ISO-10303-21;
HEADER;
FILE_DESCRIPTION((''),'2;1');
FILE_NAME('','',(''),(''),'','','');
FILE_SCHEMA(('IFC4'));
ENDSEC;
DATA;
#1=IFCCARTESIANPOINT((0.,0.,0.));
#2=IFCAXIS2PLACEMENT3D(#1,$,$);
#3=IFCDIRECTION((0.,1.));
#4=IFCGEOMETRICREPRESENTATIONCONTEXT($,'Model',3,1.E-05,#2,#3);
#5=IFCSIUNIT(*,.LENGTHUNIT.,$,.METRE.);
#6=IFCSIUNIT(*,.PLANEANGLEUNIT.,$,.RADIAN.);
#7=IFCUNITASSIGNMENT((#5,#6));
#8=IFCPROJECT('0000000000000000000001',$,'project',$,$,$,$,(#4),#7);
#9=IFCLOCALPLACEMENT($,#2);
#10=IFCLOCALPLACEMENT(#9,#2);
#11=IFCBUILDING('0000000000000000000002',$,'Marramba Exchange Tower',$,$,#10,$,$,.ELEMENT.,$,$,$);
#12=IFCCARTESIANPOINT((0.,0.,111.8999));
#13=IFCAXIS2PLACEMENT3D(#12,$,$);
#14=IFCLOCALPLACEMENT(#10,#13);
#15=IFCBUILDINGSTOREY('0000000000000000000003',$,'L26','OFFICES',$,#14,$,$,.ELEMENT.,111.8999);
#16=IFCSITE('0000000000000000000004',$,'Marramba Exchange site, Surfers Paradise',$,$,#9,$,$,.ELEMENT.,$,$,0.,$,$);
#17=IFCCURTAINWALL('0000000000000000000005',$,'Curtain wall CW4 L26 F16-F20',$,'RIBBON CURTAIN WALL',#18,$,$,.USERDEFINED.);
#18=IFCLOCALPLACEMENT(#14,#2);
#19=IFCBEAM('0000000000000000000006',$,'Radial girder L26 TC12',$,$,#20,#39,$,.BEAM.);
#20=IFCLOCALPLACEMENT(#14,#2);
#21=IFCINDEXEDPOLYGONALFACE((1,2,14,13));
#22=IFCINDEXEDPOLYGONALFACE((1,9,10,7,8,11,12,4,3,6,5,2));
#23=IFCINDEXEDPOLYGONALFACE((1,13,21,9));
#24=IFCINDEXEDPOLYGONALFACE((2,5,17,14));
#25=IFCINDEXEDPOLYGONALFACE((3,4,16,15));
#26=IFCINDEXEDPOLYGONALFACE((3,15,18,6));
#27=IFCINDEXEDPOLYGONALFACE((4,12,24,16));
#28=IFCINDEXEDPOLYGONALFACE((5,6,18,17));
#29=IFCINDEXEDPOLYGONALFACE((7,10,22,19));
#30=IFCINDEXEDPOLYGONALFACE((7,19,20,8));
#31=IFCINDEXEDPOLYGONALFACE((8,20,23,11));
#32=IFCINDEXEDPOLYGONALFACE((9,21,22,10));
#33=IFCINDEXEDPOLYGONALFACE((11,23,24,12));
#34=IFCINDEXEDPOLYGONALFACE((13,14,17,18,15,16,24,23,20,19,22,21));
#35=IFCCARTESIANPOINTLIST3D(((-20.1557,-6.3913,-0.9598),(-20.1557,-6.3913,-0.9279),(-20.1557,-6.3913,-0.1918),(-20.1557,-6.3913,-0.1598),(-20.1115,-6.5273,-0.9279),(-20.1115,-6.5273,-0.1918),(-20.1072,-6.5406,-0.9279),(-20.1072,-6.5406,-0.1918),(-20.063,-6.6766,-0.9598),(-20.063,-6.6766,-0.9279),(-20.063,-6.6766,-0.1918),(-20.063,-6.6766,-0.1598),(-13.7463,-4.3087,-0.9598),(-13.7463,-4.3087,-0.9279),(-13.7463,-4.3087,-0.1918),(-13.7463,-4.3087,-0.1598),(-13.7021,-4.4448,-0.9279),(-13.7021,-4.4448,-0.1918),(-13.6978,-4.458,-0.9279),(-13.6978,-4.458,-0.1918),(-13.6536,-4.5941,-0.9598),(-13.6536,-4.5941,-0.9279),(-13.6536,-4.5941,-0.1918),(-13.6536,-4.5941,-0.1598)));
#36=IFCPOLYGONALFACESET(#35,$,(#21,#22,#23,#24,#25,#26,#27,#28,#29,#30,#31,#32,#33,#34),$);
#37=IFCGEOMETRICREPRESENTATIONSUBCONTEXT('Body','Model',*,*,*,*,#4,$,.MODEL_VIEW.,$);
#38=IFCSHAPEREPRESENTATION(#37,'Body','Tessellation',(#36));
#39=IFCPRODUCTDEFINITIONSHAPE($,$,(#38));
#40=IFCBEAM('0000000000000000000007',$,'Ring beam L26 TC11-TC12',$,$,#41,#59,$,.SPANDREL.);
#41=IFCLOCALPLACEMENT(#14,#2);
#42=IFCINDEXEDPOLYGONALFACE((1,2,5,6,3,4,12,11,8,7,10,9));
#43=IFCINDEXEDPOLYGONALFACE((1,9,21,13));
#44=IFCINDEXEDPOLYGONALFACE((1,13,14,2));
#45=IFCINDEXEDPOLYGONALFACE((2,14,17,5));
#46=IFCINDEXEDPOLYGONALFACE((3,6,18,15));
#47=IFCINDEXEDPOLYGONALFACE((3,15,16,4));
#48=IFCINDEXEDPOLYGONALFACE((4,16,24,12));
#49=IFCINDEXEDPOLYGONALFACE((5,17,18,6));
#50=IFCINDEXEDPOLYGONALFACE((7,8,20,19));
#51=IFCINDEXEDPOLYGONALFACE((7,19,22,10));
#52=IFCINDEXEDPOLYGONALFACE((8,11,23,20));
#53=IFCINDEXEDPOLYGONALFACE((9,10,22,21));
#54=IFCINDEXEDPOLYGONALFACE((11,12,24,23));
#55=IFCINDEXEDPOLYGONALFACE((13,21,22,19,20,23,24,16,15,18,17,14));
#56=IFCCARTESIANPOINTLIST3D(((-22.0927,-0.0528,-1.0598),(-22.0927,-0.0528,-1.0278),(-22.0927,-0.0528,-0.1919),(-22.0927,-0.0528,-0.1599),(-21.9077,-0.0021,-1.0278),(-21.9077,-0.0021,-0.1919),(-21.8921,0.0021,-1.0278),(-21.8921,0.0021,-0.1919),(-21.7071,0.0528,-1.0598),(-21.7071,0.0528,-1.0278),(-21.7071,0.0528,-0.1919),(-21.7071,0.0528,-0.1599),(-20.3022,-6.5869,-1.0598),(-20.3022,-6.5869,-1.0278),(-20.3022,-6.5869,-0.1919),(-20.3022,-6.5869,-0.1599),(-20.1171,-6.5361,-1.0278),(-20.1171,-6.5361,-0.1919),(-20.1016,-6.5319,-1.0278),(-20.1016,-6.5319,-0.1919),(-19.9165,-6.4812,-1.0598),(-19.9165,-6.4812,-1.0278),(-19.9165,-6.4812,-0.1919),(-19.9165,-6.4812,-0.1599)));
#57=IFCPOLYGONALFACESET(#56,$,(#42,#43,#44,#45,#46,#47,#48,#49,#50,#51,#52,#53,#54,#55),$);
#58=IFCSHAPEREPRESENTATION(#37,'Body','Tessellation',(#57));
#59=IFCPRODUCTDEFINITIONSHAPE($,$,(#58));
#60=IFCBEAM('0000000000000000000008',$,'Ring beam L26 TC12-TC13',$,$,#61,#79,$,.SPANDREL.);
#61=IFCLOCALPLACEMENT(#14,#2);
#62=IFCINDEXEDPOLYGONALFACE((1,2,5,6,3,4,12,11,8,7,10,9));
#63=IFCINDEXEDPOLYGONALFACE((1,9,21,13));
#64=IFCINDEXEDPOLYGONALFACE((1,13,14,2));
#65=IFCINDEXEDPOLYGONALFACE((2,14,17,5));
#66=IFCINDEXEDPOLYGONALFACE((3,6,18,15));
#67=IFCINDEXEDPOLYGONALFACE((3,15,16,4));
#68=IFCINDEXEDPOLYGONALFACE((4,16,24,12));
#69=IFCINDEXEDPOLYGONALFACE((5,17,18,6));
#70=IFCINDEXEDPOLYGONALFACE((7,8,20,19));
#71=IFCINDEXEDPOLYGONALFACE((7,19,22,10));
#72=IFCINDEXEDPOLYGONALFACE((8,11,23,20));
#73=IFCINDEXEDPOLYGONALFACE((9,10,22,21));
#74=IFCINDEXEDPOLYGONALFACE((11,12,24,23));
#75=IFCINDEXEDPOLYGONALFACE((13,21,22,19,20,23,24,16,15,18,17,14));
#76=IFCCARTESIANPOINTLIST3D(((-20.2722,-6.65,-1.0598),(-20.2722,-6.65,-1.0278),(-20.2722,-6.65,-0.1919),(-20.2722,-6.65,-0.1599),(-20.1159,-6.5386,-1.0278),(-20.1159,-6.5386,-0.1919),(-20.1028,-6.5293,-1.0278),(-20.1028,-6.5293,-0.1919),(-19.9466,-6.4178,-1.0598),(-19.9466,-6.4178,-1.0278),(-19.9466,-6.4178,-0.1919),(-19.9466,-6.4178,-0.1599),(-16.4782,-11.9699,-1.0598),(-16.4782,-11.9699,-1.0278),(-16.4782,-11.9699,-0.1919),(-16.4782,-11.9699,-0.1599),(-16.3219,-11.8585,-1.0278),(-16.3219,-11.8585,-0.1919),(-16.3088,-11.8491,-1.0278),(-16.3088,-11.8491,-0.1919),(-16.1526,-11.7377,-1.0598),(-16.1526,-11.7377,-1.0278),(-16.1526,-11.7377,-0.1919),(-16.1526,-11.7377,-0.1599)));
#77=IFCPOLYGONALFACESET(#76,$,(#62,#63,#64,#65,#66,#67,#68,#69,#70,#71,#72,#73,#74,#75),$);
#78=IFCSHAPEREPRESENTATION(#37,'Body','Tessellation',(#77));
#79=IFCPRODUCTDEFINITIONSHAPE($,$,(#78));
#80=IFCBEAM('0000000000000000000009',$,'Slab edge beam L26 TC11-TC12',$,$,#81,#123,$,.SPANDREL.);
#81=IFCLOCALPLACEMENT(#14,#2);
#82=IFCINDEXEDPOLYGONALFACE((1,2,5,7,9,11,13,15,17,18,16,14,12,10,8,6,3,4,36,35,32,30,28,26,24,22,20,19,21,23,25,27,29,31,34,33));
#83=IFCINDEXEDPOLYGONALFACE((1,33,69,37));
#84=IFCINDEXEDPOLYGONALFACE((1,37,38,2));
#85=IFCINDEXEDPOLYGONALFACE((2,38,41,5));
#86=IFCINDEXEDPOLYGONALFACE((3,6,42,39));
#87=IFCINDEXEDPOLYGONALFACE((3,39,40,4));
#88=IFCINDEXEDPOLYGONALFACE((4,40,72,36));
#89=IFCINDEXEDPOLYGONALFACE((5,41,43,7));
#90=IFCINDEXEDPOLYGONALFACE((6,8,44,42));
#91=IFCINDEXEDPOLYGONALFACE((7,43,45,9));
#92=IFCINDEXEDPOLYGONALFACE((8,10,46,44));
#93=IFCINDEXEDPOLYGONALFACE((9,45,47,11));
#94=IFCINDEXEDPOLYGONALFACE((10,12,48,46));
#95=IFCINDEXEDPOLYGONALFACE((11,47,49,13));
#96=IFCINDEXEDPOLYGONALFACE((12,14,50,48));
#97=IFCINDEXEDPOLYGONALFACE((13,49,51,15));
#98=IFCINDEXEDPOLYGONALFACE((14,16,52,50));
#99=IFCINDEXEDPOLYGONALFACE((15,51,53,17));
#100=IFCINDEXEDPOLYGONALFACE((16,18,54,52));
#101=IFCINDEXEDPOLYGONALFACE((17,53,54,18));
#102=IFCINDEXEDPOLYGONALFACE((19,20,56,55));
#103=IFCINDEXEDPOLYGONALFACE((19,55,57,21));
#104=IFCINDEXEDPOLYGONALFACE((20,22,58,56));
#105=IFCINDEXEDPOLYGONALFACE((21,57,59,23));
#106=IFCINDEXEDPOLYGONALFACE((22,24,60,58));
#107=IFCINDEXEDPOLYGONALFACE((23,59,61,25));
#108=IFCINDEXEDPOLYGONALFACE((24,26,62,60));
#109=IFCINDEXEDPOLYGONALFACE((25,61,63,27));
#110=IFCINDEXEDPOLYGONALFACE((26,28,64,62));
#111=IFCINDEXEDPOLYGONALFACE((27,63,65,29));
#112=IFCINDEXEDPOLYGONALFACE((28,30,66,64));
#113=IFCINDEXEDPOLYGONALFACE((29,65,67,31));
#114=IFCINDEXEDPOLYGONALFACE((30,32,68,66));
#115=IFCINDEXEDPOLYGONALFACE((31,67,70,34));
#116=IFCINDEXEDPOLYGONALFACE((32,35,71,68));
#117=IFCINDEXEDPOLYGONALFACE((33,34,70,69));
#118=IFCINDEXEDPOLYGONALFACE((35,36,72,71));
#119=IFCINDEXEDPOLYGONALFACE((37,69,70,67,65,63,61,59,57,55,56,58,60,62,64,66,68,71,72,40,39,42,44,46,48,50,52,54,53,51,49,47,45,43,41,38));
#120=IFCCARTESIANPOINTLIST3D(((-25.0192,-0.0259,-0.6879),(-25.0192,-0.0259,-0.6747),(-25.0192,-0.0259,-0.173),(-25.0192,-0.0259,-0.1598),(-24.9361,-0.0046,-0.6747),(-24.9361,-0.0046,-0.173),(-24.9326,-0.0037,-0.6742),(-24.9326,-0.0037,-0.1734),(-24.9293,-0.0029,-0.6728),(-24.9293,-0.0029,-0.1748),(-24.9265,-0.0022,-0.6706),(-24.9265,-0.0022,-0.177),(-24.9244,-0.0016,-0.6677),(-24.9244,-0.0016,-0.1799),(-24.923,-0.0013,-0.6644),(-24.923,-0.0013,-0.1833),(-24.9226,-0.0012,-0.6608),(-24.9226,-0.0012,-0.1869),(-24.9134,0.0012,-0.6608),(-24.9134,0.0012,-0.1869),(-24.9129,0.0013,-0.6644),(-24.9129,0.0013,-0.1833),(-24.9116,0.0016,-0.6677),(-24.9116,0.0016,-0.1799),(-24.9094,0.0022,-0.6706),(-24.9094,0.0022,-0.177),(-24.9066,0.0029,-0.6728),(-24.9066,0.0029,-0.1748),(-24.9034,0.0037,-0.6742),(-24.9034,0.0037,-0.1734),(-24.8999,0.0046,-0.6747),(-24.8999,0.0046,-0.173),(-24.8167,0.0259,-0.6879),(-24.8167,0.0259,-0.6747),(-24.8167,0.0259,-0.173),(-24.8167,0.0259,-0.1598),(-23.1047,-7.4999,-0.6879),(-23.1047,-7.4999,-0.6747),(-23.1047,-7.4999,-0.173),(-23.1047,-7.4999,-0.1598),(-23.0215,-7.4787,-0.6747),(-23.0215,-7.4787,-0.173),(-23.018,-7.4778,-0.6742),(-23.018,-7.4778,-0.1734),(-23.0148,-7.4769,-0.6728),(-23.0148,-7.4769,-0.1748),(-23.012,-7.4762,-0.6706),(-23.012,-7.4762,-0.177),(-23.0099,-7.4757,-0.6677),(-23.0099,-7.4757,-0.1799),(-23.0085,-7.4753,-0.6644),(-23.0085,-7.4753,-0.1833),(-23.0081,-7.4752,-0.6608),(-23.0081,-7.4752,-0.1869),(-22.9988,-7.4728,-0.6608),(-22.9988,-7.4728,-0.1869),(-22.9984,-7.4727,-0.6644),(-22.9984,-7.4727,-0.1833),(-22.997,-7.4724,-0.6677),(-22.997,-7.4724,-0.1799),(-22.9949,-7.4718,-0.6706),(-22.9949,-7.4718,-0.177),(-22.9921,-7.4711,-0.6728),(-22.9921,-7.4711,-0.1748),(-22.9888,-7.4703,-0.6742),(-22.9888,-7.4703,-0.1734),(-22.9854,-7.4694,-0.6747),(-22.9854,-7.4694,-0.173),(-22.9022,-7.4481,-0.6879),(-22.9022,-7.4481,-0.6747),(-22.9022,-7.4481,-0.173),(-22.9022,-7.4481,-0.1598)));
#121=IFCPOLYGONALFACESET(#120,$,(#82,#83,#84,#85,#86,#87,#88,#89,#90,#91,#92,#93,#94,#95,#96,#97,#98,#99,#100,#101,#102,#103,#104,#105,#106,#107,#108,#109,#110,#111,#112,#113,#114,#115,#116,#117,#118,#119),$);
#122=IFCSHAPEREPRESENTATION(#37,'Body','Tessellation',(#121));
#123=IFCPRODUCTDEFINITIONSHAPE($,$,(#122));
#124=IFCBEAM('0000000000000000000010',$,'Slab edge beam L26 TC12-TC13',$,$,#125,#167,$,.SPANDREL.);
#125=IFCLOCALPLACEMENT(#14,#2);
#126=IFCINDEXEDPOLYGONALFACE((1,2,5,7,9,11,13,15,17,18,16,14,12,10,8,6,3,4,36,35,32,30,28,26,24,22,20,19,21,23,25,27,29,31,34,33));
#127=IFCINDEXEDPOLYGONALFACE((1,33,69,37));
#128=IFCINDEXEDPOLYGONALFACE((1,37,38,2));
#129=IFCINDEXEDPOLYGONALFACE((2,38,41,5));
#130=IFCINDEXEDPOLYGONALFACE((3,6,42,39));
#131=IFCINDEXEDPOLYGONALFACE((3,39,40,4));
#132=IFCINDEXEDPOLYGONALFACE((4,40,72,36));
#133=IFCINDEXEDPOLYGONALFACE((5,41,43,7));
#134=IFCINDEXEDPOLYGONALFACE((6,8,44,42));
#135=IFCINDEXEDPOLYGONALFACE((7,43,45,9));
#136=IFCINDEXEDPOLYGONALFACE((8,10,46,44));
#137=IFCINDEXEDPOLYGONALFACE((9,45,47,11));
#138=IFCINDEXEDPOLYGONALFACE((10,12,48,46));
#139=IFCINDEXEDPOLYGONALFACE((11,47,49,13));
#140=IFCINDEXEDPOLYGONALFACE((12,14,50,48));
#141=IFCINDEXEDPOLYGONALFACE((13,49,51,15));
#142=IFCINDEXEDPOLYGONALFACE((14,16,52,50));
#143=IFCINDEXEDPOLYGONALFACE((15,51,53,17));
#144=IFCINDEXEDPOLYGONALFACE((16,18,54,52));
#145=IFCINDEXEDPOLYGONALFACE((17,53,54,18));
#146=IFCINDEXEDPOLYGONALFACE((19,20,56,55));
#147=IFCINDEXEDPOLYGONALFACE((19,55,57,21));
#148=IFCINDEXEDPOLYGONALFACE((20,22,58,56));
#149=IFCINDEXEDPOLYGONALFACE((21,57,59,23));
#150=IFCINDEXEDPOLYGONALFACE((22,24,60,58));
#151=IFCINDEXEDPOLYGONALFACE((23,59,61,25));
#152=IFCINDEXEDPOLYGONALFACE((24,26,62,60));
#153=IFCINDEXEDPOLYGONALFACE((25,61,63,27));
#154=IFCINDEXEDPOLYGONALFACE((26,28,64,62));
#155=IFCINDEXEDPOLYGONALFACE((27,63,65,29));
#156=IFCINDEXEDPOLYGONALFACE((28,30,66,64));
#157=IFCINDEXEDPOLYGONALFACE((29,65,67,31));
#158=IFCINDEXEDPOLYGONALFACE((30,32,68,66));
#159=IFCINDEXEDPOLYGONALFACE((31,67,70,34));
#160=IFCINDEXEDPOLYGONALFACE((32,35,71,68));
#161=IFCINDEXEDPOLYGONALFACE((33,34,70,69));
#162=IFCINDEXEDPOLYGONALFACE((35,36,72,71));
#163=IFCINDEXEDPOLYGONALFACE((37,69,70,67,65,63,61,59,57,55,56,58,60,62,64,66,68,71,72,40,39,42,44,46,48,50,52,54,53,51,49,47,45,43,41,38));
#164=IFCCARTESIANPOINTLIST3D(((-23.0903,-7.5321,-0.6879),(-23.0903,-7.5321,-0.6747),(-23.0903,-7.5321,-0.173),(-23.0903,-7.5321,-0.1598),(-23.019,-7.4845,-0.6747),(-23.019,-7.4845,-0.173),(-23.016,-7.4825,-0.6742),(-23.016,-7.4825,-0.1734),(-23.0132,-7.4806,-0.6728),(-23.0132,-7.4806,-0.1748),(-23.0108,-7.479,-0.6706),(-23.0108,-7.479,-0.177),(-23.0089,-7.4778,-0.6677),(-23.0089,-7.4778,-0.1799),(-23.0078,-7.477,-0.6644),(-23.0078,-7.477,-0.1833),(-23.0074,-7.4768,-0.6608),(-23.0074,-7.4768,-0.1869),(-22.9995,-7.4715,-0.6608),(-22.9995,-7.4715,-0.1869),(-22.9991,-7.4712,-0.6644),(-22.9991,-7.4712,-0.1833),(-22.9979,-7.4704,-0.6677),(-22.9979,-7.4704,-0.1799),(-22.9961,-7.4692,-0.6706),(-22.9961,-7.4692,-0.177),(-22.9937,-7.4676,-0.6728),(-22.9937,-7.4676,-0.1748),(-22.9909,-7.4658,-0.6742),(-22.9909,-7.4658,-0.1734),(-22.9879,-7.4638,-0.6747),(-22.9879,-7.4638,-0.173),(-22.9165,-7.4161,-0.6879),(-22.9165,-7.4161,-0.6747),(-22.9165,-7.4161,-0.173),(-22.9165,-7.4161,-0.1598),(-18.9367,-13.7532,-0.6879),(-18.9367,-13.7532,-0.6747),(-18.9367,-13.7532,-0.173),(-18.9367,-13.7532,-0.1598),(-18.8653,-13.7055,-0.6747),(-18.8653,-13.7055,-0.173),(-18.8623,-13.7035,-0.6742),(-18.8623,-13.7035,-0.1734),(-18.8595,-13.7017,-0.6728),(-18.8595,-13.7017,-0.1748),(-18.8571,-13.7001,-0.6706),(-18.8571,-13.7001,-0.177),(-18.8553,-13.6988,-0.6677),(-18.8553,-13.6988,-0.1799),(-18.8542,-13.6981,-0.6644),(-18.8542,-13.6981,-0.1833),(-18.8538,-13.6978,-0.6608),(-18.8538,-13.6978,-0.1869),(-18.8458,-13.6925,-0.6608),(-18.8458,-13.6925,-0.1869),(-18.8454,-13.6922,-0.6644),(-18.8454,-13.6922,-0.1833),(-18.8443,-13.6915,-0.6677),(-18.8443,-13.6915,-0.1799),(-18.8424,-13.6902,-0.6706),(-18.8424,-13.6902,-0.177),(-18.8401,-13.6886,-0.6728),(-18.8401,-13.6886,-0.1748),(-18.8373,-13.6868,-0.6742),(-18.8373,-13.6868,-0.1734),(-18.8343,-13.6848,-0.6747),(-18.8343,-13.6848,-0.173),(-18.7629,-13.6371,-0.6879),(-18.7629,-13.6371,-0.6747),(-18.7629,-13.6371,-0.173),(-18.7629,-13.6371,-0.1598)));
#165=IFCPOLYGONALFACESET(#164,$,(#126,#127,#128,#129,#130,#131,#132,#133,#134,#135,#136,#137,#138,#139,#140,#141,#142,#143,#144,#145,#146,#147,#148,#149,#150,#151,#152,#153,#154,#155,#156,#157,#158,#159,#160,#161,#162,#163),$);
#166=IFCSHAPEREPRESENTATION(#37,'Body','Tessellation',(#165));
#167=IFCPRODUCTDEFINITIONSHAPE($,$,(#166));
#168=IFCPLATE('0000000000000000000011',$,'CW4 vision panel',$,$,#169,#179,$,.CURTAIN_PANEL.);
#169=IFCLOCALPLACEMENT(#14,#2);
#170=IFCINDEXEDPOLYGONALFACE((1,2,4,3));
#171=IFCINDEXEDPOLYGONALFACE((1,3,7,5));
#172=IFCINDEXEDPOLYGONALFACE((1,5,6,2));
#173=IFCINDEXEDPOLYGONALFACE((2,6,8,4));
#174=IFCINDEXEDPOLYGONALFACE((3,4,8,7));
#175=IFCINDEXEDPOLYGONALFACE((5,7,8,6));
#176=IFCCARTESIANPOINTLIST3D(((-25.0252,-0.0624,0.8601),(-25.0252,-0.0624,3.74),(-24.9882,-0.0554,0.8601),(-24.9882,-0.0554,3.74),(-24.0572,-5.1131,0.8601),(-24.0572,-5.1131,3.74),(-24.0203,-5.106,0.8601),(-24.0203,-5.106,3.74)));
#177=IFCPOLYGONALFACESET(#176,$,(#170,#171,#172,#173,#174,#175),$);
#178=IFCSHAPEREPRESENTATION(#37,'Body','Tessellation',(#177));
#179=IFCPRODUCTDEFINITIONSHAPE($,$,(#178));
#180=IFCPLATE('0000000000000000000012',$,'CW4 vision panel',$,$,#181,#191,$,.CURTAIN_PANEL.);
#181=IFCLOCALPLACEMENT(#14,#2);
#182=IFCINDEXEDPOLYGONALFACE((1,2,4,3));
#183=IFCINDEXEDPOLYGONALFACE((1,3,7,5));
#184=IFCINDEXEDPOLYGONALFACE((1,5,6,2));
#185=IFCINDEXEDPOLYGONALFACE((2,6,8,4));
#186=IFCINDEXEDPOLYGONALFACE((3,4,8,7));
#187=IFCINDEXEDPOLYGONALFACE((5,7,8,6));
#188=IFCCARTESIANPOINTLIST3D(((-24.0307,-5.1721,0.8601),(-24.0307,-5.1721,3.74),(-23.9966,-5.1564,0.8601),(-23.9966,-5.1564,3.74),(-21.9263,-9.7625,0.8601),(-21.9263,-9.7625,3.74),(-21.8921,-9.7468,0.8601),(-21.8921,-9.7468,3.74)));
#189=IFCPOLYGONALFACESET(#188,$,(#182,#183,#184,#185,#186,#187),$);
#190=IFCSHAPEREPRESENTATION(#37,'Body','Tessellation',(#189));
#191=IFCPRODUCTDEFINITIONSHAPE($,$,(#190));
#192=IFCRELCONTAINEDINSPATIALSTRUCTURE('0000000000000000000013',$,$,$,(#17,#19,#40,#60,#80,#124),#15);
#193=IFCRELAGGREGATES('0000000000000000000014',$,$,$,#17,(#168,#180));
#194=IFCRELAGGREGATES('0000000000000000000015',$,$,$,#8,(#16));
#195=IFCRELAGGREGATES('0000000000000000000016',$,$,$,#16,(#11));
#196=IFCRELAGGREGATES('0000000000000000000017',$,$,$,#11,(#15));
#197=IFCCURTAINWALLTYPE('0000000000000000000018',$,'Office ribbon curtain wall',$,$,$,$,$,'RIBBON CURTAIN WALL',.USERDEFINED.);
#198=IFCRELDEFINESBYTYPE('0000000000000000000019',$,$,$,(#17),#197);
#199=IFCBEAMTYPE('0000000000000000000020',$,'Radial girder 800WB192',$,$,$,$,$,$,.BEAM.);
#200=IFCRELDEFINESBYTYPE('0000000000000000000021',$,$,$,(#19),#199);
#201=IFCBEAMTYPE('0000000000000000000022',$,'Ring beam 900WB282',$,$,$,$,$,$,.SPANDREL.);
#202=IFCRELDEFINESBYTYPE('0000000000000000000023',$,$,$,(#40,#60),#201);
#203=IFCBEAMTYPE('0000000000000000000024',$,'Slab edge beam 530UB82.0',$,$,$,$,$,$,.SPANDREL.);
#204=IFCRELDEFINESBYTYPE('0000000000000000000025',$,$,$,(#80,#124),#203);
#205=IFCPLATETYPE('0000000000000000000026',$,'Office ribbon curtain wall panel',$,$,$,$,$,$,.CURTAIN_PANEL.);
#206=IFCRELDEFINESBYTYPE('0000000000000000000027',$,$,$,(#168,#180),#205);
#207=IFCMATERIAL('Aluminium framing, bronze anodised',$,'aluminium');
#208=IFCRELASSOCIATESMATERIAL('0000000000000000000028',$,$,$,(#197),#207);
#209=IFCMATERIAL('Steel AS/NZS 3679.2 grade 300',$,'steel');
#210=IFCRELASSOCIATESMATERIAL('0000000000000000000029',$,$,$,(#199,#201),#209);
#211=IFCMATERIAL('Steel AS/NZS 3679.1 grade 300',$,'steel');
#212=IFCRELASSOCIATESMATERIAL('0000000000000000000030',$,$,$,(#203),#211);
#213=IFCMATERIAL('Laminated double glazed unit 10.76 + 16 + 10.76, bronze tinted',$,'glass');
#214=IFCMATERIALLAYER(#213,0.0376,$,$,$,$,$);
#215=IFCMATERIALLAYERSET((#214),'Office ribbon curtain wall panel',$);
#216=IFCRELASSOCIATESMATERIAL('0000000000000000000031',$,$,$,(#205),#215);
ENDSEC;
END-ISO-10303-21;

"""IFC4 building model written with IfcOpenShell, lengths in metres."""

from ifc_helpers import new_model, si_unit, direction, frame, origin, origin_2d, place, context, subcontext, project, spatial, rectangle, i_section, extrude, material, layer, layer_set, material_profile, profile_set, type_object, element, aggregate, save


model = new_model("IFC4")

# Units and contexts
model_context = context("Model", 3, precision=1e-05, world=origin(), true_north=direction((0.0, 1.0)))
body_context = subcontext(model_context, "Body", "Model", "MODEL_VIEW")
ifc_project = project(units=[si_unit("LENGTHUNIT", "METRE"), si_unit("PLANEANGLEUNIT", "RADIAN")], contexts=[model_context])

# Site, building, storey
site_placement = place(None, origin())
site = spatial("IfcSite", under=ifc_project, at=site_placement, Name="Marramba Exchange site, Surfers Paradise", CompositionType="ELEMENT", RefElevation=0.0)
building_placement = place(site_placement, origin())
building = spatial("IfcBuilding", under=site, at=building_placement, Name="Marramba Exchange Tower", CompositionType="ELEMENT")
storey_placement = place(building_placement, frame((0.0, 0.0, 111.8999)))
storey = spatial("IfcBuildingStorey", under=building, at=storey_placement, Name="L26", Description="OFFICES", CompositionType="ELEMENT", Elevation=111.8999)

# Shared definitions
ifc_material_1 = material(Name="Steel AS/NZS 3679.2 grade 300", Category="steel")
ifc_material_2 = material(Name="Steel AS/NZS 3679.1 grade 300", Category="steel")

# Curtain wall
ifc_material_3 = material(Name="Aluminium framing, bronze anodised", Category="aluminium")
curtain_wall_type = type_object("IfcCurtainWallType", Name="Office ribbon curtain wall", ElementType="RIBBON CURTAIN WALL", PredefinedType="USERDEFINED", material=ifc_material_3)
curtain_wall_placement = place(storey_placement, origin())
curtain_wall = element("IfcCurtainWall", 1, at=curtain_wall_placement, inside=storey, type_object=curtain_wall_type, Name="Curtain wall CW4 L26 F16-F20", ObjectType="RIBBON CURTAIN WALL", PredefinedType="USERDEFINED")

# Beams
ifc_material_profile_1 = material_profile(ifc_material_1, i_section(OverallWidth=0.3, OverallDepth=0.8, WebThickness=0.0139, FlangeThickness=0.032, at=origin_2d()), Name="800WB192")
ifc_profile_set_1 = profile_set([ifc_material_profile_1], Name="Steel AS/NZS 3679.2 grade 300")
beam_type_1 = type_object("IfcBeamType", Name="Radial girder 800WB192", PredefinedType="BEAM", material=ifc_profile_set_1)
beam_1_placement = place(storey_placement, frame((-13.7, -4.4514, -0.5598), z_axis=(-0.951058, -0.309013, 0.0), x_axis=(0.309013, -0.951058, 0.0)))
element("IfcBeam", 2, at=beam_1_placement, inside=storey, type_object=beam_type_1, Name="Radial girder L26 TC12", PredefinedType="BEAM", context=body_context, shape_type="SweptSolid", body=[
    extrude(i_section(OverallWidth=0.3, OverallDepth=0.8, WebThickness=0.0139, FlangeThickness=0.032, at=origin_2d()), origin(), (0.0, 0.0, 1.0), 6.7393),
])
ifc_material_profile_2 = material_profile(ifc_material_1, i_section(OverallWidth=0.3999, OverallDepth=0.8999, WebThickness=0.0161, FlangeThickness=0.032, at=origin_2d()), Name="900WB282")
ifc_profile_set_2 = profile_set([ifc_material_profile_2], Name="Steel AS/NZS 3679.2 grade 300")
beam_type_2 = type_object("IfcBeamType", Name="Ring beam 900WB282", PredefinedType="SPANDREL", material=ifc_profile_set_2)
beam_2_placement = place(storey_placement, frame((-21.8999, 0.0, -0.6099), z_axis=(0.264291, -0.964443, 0.0), x_axis=(0.964443, 0.264291, 0.0)))
element("IfcBeam", 3, at=beam_2_placement, inside=storey, type_object=beam_type_2, Name="Ring beam L26 TC11-TC12", PredefinedType="SPANDREL", context=body_context, shape_type="SweptSolid", body=[
    extrude(i_section(OverallWidth=0.3999, OverallDepth=0.8999, WebThickness=0.0161, FlangeThickness=0.032, at=origin_2d()), origin(), (0.0, 0.0, 1.0), 6.7749),
])
beam_3_placement = place(storey_placement, frame((-20.1094, -6.5339, -0.6099), z_axis=(0.580637, -0.814162, 0.0), x_axis=(0.814162, 0.580637, 0.0)))
element("IfcBeam", 4, at=beam_3_placement, inside=storey, type_object=beam_type_2, Name="Ring beam L26 TC12-TC13", PredefinedType="SPANDREL", context=body_context, shape_type="SweptSolid", body=[
    extrude(i_section(OverallWidth=0.3999, OverallDepth=0.8999, WebThickness=0.0161, FlangeThickness=0.032, at=origin_2d()), origin(), (0.0, 0.0, 1.0), 6.5342),
])
ifc_material_profile_3 = material_profile(ifc_material_2, i_section(OverallWidth=0.209, OverallDepth=0.5281, WebThickness=0.0095, FlangeThickness=0.0132, FilletRadius=0.0139, at=origin_2d()), Name="530UB82.0")
ifc_profile_set_3 = profile_set([ifc_material_profile_3], Name="Steel AS/NZS 3679.1 grade 300")
beam_type_3 = type_object("IfcBeamType", Name="Slab edge beam 530UB82.0", PredefinedType="SPANDREL", material=ifc_profile_set_3)
beam_4_placement = place(storey_placement, frame((-24.918, 0.0, -0.4238), z_axis=(0.248145, -0.968723, 0.0), x_axis=(0.968723, 0.248145, 0.0)))
element("IfcBeam", 5, at=beam_4_placement, inside=storey, type_object=beam_type_3, Name="Slab edge beam L26 TC11-TC12", PredefinedType="SPANDREL", context=body_context, shape_type="SweptSolid", body=[
    extrude(i_section(OverallWidth=0.209, OverallDepth=0.5281, WebThickness=0.0095, FlangeThickness=0.0132, FilletRadius=0.0139, at=origin_2d()), origin(), (0.0, 0.0, 1.0), 7.7153),
])
beam_5_placement = place(storey_placement, frame((-23.0034, -7.4741, -0.4238), z_axis=(0.55528, -0.831663, 0.0), x_axis=(0.831663, 0.55528, 0.0)))
element("IfcBeam", 6, at=beam_5_placement, inside=storey, type_object=beam_type_3, Name="Slab edge beam L26 TC12-TC13", PredefinedType="SPANDREL", context=body_context, shape_type="SweptSolid", body=[
    extrude(i_section(OverallWidth=0.209, OverallDepth=0.5281, WebThickness=0.0095, FlangeThickness=0.0132, FilletRadius=0.0139, at=origin_2d()), origin(), (0.0, 0.0, 1.0), 7.4802),
])

# Plates
ifc_material_4 = material(Name="Laminated double glazed unit 10.76 + 16 + 10.76, bronze tinted", Category="glass")
ifc_layer_1 = layer(ifc_material_4, 0.0376)
ifc_layer_set_1 = layer_set([ifc_layer_1], Name="Office ribbon curtain wall panel")
plate_type = type_object("IfcPlateType", Name="Office ribbon curtain wall panel", PredefinedType="CURTAIN_PANEL", material=ifc_layer_set_1)
plate_1_placement = place(storey_placement, frame((-24.5227, -2.5842, 0.8601), z_axis=(0.0, 0.0, 1.0), x_axis=(0.188227, -0.982126, 0.0)))
plate_1 = element("IfcPlate", 7, at=plate_1_placement, type_object=plate_type, Name="CW4 vision panel", PredefinedType="CURTAIN_PANEL", context=body_context, shape_type="SweptSolid", body=[
    extrude(rectangle(XDim=5.1426, YDim=0.0376, at=origin_2d()), origin(), (0.0, 0.0, 1.0), 2.8799),
])
plate_2_placement = place(storey_placement, frame((-22.9614, -7.4595, 0.8601), z_axis=(0.0, 0.0, 1.0), x_axis=(0.416738, -0.909027, 0.0)))
plate_2 = element("IfcPlate", 8, at=plate_2_placement, type_object=plate_type, Name="CW4 vision panel", PredefinedType="CURTAIN_PANEL", context=body_context, shape_type="SweptSolid", body=[
    extrude(rectangle(XDim=5.0498, YDim=0.0376, at=origin_2d()), origin(), (0.0, 0.0, 1.0), 2.8799),
])
aggregate(curtain_wall, [plate_1, plate_2])

save(model, "model.ifc")
